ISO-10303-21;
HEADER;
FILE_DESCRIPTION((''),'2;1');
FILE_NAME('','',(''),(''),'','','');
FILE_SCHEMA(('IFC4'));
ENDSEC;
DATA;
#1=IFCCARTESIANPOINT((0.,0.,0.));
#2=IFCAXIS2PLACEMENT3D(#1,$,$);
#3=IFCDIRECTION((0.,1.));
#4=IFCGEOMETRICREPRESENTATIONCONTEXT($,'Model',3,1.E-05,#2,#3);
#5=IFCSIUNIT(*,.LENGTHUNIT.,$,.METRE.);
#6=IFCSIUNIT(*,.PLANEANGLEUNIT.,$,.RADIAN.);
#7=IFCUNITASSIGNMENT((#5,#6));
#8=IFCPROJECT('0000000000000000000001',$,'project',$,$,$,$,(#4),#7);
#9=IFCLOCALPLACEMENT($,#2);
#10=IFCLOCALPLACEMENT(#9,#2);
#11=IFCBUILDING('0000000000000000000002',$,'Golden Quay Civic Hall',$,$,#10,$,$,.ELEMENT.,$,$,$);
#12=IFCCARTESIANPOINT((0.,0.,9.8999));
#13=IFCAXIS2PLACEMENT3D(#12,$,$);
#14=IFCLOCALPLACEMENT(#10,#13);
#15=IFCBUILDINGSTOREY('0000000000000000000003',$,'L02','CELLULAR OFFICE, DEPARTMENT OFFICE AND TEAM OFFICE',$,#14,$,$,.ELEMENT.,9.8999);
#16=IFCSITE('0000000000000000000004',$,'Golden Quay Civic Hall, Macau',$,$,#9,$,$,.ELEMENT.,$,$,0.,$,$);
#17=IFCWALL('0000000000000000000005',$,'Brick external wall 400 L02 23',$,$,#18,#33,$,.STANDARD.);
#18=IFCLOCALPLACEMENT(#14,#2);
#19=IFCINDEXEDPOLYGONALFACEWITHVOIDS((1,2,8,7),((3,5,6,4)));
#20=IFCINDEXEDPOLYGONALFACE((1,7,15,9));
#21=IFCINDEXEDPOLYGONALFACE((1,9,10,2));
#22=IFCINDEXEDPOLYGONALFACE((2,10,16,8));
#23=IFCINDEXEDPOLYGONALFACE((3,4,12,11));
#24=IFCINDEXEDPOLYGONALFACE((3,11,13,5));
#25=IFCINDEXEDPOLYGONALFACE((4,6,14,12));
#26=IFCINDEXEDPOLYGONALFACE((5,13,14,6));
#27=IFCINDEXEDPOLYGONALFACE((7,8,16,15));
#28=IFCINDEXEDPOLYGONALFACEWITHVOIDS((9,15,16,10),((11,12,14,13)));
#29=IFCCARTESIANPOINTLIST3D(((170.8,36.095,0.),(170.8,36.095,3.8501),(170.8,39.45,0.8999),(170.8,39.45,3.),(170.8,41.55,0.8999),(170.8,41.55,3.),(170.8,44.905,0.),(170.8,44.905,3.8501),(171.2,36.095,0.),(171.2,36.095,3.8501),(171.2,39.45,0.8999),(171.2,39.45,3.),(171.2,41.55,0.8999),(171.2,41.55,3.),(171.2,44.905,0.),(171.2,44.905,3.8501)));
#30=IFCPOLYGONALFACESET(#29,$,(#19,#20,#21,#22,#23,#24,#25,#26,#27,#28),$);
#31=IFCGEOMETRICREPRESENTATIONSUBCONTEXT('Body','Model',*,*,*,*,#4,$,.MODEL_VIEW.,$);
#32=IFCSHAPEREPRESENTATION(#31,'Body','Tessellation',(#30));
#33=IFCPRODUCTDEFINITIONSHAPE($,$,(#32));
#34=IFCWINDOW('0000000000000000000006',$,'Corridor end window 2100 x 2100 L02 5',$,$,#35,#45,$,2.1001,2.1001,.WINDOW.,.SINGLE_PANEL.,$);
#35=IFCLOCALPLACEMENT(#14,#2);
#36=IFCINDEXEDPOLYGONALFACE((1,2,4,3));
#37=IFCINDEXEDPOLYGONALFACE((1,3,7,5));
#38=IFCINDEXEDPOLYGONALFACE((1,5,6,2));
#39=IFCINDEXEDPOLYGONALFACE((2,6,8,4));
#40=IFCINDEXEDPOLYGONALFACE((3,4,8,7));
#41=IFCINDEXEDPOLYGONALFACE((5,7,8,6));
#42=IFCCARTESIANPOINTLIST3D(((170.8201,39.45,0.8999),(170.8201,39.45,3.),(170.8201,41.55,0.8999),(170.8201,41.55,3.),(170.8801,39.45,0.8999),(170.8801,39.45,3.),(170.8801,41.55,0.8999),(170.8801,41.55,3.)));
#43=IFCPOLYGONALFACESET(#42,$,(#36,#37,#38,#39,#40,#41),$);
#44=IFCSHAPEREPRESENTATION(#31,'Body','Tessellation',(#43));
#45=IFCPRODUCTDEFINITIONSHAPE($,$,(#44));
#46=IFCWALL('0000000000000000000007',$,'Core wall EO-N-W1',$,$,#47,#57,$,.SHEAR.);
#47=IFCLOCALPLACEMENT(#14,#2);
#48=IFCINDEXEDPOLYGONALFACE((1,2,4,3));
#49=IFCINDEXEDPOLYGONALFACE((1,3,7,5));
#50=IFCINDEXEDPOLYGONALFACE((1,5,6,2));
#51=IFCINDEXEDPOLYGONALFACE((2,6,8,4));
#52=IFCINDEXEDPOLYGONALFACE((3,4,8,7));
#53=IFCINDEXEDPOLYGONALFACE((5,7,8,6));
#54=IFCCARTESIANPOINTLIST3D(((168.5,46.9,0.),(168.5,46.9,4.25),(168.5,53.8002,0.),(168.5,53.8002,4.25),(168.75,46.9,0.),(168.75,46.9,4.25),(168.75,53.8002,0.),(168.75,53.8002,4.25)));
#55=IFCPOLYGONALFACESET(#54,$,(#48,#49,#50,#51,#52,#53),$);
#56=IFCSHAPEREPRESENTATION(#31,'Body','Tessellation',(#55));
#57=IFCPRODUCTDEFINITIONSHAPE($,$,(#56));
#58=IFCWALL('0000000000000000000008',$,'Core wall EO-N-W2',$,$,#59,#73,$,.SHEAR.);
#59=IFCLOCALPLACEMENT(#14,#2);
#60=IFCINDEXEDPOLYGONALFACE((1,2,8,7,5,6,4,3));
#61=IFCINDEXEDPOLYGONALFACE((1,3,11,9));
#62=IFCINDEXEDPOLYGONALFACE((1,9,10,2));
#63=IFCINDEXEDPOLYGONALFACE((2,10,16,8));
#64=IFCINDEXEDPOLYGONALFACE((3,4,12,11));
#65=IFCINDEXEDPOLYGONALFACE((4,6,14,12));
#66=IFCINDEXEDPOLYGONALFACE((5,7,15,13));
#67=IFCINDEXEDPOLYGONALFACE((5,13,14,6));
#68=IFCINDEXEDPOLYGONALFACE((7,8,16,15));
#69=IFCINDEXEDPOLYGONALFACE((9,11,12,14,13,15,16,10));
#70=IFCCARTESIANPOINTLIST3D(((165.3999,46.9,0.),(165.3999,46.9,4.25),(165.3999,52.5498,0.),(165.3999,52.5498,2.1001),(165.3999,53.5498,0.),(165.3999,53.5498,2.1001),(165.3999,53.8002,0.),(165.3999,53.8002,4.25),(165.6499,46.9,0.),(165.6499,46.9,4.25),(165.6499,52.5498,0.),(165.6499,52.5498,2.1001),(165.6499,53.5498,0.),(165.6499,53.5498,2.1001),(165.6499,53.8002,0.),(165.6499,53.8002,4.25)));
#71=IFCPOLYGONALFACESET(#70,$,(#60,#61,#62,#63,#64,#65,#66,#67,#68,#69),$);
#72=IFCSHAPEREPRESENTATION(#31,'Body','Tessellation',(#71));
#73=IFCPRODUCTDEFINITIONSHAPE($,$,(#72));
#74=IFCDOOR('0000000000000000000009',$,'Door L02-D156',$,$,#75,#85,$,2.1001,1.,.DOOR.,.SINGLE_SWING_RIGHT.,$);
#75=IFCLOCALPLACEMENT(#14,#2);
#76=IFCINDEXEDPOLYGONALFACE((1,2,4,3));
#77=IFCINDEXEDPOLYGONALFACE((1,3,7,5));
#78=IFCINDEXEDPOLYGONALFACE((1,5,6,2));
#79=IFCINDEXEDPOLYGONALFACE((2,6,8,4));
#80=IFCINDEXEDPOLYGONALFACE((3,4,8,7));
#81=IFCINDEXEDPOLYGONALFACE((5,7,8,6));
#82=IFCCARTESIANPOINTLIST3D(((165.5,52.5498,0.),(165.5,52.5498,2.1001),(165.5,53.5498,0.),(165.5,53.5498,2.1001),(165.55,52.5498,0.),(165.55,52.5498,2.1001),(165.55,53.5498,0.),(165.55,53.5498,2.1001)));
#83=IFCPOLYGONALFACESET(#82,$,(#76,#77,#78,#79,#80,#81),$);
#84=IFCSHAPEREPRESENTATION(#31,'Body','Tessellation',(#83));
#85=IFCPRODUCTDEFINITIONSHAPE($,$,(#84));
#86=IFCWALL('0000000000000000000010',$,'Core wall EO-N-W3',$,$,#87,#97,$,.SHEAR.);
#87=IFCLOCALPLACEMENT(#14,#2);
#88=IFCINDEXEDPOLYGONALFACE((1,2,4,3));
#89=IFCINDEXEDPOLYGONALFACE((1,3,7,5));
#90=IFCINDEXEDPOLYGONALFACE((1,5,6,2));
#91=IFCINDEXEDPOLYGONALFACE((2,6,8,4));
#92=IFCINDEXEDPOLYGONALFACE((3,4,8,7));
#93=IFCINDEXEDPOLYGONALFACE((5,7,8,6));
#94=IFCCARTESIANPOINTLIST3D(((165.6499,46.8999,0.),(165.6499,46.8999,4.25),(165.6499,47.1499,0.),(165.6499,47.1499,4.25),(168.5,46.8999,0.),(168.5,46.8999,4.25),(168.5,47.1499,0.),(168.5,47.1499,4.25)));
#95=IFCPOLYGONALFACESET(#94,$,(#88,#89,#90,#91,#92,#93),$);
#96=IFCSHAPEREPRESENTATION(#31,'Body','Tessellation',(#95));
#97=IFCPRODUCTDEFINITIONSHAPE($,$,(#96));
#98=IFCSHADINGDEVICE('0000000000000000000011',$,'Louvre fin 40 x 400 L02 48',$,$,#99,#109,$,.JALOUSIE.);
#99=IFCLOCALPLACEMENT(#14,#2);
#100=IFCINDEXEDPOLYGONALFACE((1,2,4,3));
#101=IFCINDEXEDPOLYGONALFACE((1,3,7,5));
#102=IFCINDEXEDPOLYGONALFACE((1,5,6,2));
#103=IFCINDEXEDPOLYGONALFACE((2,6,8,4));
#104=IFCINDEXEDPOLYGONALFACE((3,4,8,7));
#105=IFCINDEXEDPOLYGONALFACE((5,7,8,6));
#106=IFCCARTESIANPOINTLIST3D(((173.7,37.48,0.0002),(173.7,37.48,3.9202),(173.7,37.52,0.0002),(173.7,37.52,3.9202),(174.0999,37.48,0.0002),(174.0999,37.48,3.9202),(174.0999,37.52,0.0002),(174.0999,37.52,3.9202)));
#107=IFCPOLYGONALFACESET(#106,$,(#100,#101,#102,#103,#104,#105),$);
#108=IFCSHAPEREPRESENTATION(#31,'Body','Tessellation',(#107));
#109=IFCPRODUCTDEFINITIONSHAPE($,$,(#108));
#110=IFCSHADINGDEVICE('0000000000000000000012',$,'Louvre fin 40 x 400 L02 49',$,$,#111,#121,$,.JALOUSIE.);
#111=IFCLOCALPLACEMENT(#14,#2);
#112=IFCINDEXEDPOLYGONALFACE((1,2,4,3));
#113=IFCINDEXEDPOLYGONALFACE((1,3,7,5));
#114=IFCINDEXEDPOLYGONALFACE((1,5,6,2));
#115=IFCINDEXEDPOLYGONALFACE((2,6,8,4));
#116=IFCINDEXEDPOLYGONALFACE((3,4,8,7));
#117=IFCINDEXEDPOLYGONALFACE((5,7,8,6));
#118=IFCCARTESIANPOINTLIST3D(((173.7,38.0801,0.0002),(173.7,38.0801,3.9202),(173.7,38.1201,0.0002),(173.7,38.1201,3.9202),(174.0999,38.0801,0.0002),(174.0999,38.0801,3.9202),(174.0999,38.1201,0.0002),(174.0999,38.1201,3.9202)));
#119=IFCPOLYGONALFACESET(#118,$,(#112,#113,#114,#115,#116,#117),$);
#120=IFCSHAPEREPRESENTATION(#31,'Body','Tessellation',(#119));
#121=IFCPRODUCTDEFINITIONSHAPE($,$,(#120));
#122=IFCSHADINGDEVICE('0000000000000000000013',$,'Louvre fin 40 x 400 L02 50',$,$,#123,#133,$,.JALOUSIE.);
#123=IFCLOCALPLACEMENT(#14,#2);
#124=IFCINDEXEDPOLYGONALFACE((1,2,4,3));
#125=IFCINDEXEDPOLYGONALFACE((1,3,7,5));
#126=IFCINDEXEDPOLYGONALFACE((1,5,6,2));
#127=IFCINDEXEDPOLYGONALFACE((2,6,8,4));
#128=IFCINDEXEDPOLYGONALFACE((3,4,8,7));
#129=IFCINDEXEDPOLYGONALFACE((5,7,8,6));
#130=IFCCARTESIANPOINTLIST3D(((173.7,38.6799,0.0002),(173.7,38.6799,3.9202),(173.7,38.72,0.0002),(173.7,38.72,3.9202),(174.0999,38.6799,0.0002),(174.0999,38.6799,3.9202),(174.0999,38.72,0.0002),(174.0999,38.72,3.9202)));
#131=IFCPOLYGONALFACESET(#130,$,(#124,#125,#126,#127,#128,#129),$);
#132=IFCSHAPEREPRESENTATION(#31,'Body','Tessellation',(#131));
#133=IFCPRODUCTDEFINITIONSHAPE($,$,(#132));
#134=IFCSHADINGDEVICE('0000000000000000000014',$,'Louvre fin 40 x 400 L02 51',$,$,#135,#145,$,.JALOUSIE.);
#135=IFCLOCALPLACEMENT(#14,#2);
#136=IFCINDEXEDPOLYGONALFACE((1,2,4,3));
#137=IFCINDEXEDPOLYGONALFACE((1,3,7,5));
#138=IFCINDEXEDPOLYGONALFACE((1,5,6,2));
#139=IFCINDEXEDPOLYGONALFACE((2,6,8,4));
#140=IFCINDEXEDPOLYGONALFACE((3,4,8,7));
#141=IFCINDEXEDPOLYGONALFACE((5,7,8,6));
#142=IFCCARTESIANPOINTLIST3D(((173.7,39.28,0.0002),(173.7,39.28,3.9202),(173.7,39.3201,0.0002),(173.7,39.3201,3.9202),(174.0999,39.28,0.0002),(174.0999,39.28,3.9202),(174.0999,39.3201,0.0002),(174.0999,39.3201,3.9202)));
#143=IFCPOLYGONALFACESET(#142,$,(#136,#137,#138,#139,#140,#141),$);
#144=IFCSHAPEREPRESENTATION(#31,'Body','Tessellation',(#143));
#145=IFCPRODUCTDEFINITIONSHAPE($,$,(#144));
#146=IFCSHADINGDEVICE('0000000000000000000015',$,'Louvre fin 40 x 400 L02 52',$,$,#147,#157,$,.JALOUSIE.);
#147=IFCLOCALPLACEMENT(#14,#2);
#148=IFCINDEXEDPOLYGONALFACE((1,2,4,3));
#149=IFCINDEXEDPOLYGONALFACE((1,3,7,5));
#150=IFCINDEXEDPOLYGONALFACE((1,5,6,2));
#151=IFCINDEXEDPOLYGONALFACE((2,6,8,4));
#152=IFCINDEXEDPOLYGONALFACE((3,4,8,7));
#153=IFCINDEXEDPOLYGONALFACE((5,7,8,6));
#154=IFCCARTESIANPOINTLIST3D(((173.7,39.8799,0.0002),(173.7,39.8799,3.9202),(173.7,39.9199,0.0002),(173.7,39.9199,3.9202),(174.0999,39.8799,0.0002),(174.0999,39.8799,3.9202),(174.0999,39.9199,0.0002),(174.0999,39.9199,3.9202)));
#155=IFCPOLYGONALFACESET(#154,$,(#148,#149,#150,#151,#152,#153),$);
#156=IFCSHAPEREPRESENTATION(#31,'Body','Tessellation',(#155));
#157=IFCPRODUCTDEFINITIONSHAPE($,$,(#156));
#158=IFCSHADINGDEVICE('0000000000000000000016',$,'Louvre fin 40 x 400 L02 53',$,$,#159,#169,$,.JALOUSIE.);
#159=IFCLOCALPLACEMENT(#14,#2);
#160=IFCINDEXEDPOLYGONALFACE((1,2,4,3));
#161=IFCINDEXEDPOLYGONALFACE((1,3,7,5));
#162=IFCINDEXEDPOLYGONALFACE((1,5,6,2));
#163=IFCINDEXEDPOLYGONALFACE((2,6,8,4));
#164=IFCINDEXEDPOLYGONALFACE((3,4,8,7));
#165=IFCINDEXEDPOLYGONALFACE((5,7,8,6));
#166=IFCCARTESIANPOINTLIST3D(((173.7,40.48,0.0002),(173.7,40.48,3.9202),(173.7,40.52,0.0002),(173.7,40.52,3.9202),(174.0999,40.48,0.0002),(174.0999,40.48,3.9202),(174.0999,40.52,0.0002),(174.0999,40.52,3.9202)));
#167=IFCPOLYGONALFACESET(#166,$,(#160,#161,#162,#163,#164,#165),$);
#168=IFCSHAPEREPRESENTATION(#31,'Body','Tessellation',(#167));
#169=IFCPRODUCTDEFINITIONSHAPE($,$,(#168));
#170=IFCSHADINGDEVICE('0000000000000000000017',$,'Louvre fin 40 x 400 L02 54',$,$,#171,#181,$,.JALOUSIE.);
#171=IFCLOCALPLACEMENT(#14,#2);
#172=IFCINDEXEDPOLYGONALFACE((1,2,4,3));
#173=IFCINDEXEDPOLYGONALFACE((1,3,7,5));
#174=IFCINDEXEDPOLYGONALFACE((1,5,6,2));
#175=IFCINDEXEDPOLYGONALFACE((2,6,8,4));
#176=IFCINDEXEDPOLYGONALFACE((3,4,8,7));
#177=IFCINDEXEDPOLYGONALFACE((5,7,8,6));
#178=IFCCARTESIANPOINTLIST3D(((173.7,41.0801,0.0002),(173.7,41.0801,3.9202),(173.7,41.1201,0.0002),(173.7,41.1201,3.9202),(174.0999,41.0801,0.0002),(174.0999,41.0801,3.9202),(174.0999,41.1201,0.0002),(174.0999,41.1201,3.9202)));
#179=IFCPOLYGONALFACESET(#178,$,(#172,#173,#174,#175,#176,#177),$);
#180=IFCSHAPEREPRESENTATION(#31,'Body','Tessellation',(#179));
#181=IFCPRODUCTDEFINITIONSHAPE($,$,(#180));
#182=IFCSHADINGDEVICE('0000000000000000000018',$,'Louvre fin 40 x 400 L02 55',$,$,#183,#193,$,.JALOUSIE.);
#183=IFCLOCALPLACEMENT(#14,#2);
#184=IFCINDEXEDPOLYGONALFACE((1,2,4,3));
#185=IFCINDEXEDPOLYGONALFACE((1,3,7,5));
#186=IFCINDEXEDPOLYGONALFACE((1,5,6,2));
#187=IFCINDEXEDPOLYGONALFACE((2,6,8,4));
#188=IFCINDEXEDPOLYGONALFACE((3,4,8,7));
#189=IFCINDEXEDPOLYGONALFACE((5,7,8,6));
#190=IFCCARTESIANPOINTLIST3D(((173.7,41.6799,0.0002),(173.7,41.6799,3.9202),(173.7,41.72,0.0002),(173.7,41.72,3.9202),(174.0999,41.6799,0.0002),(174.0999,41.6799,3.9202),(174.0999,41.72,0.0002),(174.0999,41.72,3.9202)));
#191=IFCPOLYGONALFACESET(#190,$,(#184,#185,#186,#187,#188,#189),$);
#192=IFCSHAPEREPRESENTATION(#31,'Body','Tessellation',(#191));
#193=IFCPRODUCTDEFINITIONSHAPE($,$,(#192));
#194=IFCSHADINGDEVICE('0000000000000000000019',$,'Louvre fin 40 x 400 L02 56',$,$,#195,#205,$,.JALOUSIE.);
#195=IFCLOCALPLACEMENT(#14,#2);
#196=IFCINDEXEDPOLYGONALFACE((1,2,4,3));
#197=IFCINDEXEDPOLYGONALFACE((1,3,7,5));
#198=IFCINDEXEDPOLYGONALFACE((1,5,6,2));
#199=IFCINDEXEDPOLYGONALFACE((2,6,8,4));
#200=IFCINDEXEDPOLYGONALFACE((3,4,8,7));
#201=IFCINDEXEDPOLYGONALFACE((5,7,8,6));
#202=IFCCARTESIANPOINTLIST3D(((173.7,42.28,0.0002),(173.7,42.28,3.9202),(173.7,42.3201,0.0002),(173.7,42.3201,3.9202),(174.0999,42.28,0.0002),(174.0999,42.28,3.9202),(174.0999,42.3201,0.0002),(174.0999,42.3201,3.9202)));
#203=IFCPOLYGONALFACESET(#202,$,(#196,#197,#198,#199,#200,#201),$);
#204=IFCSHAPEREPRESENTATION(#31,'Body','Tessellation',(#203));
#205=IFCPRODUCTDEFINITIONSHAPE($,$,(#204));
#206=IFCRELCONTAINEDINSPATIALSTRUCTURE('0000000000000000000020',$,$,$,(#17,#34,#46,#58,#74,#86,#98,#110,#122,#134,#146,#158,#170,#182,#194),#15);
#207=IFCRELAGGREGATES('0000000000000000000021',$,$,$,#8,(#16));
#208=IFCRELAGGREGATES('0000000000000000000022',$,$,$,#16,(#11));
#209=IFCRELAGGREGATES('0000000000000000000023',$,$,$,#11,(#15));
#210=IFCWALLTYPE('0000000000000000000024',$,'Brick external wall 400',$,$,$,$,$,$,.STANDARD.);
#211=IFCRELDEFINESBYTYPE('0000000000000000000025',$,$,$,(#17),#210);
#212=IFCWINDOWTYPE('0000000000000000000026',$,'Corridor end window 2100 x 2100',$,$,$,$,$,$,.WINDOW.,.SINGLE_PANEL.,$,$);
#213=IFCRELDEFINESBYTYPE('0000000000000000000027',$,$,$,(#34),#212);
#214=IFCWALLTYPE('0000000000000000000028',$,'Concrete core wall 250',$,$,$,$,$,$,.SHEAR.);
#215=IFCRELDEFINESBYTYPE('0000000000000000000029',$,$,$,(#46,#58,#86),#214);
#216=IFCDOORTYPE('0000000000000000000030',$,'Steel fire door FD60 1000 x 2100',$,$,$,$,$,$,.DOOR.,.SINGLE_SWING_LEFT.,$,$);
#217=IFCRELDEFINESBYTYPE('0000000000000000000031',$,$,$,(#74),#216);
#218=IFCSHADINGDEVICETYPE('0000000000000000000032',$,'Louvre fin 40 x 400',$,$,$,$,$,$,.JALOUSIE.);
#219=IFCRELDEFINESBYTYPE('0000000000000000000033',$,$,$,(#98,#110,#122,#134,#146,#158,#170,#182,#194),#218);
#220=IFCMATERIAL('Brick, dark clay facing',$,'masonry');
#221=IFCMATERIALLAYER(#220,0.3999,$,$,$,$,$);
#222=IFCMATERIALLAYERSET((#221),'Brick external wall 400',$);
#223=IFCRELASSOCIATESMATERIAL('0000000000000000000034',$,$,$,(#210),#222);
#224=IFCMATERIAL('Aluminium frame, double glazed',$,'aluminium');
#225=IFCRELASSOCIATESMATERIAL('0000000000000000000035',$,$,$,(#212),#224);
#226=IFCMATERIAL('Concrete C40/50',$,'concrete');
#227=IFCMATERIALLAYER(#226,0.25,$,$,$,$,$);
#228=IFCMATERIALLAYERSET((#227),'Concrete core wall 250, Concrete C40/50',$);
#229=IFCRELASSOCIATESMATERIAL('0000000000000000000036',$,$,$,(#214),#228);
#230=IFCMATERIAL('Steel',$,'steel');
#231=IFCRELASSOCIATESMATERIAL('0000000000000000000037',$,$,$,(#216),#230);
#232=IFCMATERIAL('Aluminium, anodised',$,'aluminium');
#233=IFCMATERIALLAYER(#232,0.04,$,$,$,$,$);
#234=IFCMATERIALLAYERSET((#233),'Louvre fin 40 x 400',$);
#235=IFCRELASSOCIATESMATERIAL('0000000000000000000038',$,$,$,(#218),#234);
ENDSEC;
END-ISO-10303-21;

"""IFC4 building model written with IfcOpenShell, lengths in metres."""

from ifc_helpers import new_model, si_unit, direction, frame, frame_2d, origin, origin_2d, place, context, subcontext, project, spatial, rectangle, extrude, material, layer, layer_set, type_object, element, fill, save


model = new_model("IFC4")

# Units and contexts
model_context = context("Model", 3, precision=1e-05, world=origin(), true_north=direction((0.0, 1.0)))
body_context = subcontext(model_context, "Body", "Model", "MODEL_VIEW")
ifc_project = project(units=[si_unit("LENGTHUNIT", "METRE"), si_unit("PLANEANGLEUNIT", "RADIAN")], contexts=[model_context])

# Site, building, storey
site_placement = place(None, origin())
site = spatial("IfcSite", under=ifc_project, at=site_placement, Name="Golden Quay Civic Hall, Macau", CompositionType="ELEMENT", RefElevation=0.0)
building_placement = place(site_placement, origin())
building = spatial("IfcBuilding", under=site, at=building_placement, Name="Golden Quay Civic Hall", CompositionType="ELEMENT")
storey_placement = place(building_placement, frame((0.0, 0.0, 9.8999)))
storey = spatial("IfcBuildingStorey", under=building, at=storey_placement, Name="L02", Description="CELLULAR OFFICE, DEPARTMENT OFFICE AND TEAM OFFICE", CompositionType="ELEMENT", Elevation=9.8999)

# Wall, opening, window
ifc_material_1 = material(Name="Brick, dark clay facing", Category="masonry")
ifc_layer_1 = layer(ifc_material_1, 0.3999)
ifc_layer_set_1 = layer_set([ifc_layer_1], Name="Brick external wall 400")
wall_type_1 = type_object("IfcWallType", Name="Brick external wall 400", PredefinedType="STANDARD", material=ifc_layer_set_1)
wall_1_placement = place(storey_placement, frame((171.0, 44.905, 0.0), z_axis=(0.0, 0.0, 1.0), x_axis=(0.0, -1.0, 0.0)))
wall_1 = element("IfcWall", 1, at=wall_1_placement, inside=storey, type_object=wall_type_1, Name="Brick external wall 400 L02 23", PredefinedType="STANDARD", context=body_context, shape_type="SweptSolid", body=[
    extrude(rectangle(XDim=8.8101, YDim=0.3999, at=frame_2d((4.405, 0.0))), origin(), (0.0, 0.0, 1.0), 3.8501),
])
opening_1_placement = place(wall_1_placement, frame((3.355, 0.0, 0.8999)))
opening_1 = element("IfcOpeningElement", 2, at=opening_1_placement, cuts=wall_1, PredefinedType="OPENING", context=body_context, shape_type="SweptSolid", body=[
    extrude(rectangle(XDim=2.1001, YDim=2.1001, at=frame_2d((1.05, 1.05))), frame((0.0, 0.21, 0.0), z_axis=(0.0, -1.0, 0.0), x_axis=(1.0, 0.0, 0.0)), (0.0, 0.0, 1.0), 0.4199),
])
ifc_material_2 = material(Name="Aluminium frame, double glazed", Category="aluminium")
window_type = type_object("IfcWindowType", Name="Corridor end window 2100 x 2100", PartitioningType="SINGLE_PANEL", PredefinedType="WINDOW", material=ifc_material_2)
window_placement = place(opening_1_placement, origin())
window = element("IfcWindow", 3, at=window_placement, inside=storey, type_object=window_type, Name="Corridor end window 2100 x 2100 L02 5", OverallHeight=2.1001, OverallWidth=2.1001, PartitioningType="SINGLE_PANEL", PredefinedType="WINDOW", context=body_context, shape_type="SweptSolid", body=[
    extrude(rectangle(XDim=2.1001, YDim=2.1001, at=frame_2d((1.05, 1.05))), frame((0.0, -0.1199, 0.0), z_axis=(0.0, -1.0, 0.0), x_axis=(1.0, 0.0, 0.0)), (0.0, 0.0, 1.0), 0.0601),
])
fill(opening_1, window)

# Wall
ifc_material_3 = material(Name="Concrete C40/50", Category="concrete")
ifc_layer_2 = layer(ifc_material_3, 0.25)
ifc_layer_set_2 = layer_set([ifc_layer_2], Name="Concrete core wall 250, Concrete C40/50")
wall_type_2 = type_object("IfcWallType", Name="Concrete core wall 250", PredefinedType="SHEAR", material=ifc_layer_set_2)
wall_2_placement = place(storey_placement, frame((168.625, 46.8999, 0.0), z_axis=(0.0, 0.0, 1.0), x_axis=(0.0, 1.0, 0.0)))
element("IfcWall", 4, at=wall_2_placement, inside=storey, type_object=wall_type_2, Name="Core wall EO-N-W1", PredefinedType="SHEAR", context=body_context, shape_type="SweptSolid", body=[
    extrude(rectangle(XDim=6.9001, YDim=0.25, at=frame_2d((3.4502, 0.0))), origin(), (0.0, 0.0, 1.0), 4.25),
])

# Wall, opening, door
wall_3_placement = place(storey_placement, frame((165.5249, 46.8999, 0.0), z_axis=(0.0, 0.0, 1.0), x_axis=(0.0, 1.0, 0.0)))
wall_3 = element("IfcWall", 5, at=wall_3_placement, inside=storey, type_object=wall_type_2, Name="Core wall EO-N-W2", PredefinedType="SHEAR", context=body_context, shape_type="SweptSolid", body=[
    extrude(rectangle(XDim=6.9001, YDim=0.25, at=frame_2d((3.4502, 0.0))), origin(), (0.0, 0.0, 1.0), 4.25),
])
opening_2_placement = place(wall_3_placement, frame((5.6499, 0.0, 0.0)))
opening_2 = element("IfcOpeningElement", 6, at=opening_2_placement, cuts=wall_3, PredefinedType="OPENING", context=body_context, shape_type="SweptSolid", body=[
    extrude(rectangle(XDim=1.0, YDim=2.1001, at=frame_2d((0.5, 1.05))), frame((0.0, 0.135, 0.0), z_axis=(0.0, -1.0, 0.0), x_axis=(1.0, 0.0, 0.0)), (0.0, 0.0, 1.0), 0.27),
])
ifc_material_4 = material(Name="Steel", Category="steel")
door_type = type_object("IfcDoorType", Name="Steel fire door FD60 1000 x 2100", OperationType="SINGLE_SWING_LEFT", PredefinedType="DOOR", material=ifc_material_4)
door_placement = place(opening_2_placement, frame((1.0, 0.0, 0.0), z_axis=(0.0, 0.0, 1.0), x_axis=(-1.0, 0.0, 0.0)))
door = element("IfcDoor", 7, at=door_placement, inside=storey, type_object=door_type, Name="Door L02-D156", OperationType="SINGLE_SWING_RIGHT", OverallHeight=2.1001, OverallWidth=1.0, PredefinedType="DOOR", context=body_context, shape_type="SweptSolid", body=[
    extrude(rectangle(XDim=1.0, YDim=2.1001, at=frame_2d((0.5, 1.05))), frame((0.0, 0.0251, 0.0), z_axis=(0.0, -1.0, 0.0), x_axis=(1.0, 0.0, 0.0)), (0.0, 0.0, 1.0), 0.05),
])
fill(opening_2, door)

# Wall
wall_4_placement = place(storey_placement, frame((165.6499, 47.0249, 0.0), z_axis=(0.0, 0.0, 1.0), x_axis=(1.0, 0.0, 0.0)))
element("IfcWall", 8, at=wall_4_placement, inside=storey, type_object=wall_type_2, Name="Core wall EO-N-W3", PredefinedType="SHEAR", context=body_context, shape_type="SweptSolid", body=[
    extrude(rectangle(XDim=2.8501, YDim=0.25, at=frame_2d((1.425, 0.0))), origin(), (0.0, 0.0, 1.0), 4.25),
])

# Shading devices
ifc_material_5 = material(Name="Aluminium, anodised", Category="aluminium")
ifc_layer_3 = layer(ifc_material_5, 0.04)
ifc_layer_set_3 = layer_set([ifc_layer_3], Name="Louvre fin 40 x 400")
shading_device_type = type_object("IfcShadingDeviceType", Name="Louvre fin 40 x 400", PredefinedType="JALOUSIE", material=ifc_layer_set_3)
for number, where, z_axis, x_axis, name in (
    (9, (173.8999, 37.5, 0.0002), (0.0, 0.0, 1.0), (0.0, 1.0, 0.0), "Louvre fin 40 x 400 L02 48"),
    (10, (173.8999, 38.1001, 0.0002), (0.0, 0.0, 1.0), (0.0, 1.0, 0.0), "Louvre fin 40 x 400 L02 49"),
    (11, (173.8999, 38.7, 0.0002), (0.0, 0.0, 1.0), (0.0, 1.0, 0.0), "Louvre fin 40 x 400 L02 50"),
    (12, (173.8999, 39.3, 0.0002), (0.0, 0.0, 1.0), (0.0, 1.0, 0.0), "Louvre fin 40 x 400 L02 51"),
    (13, (173.8999, 39.8999, 0.0002), (0.0, 0.0, 1.0), (0.0, 1.0, 0.0), "Louvre fin 40 x 400 L02 52"),
    (14, (173.8999, 40.5, 0.0002), (0.0, 0.0, 1.0), (0.0, 1.0, 0.0), "Louvre fin 40 x 400 L02 53"),
    (15, (173.8999, 41.1001, 0.0002), (0.0, 0.0, 1.0), (0.0, 1.0, 0.0), "Louvre fin 40 x 400 L02 54"),
    (16, (173.8999, 41.7, 0.0002), (0.0, 0.0, 1.0), (0.0, 1.0, 0.0), "Louvre fin 40 x 400 L02 55"),
    (17, (173.8999, 42.3, 0.0002), (0.0, 0.0, 1.0), (0.0, 1.0, 0.0), "Louvre fin 40 x 400 L02 56"),
):
    element("IfcShadingDevice", number, at=place(storey_placement, frame(where, z_axis=z_axis, x_axis=x_axis)), inside=storey, type_object=shading_device_type, Name=name, PredefinedType="JALOUSIE", context=body_context, shape_type="SweptSolid", body=[
        extrude(rectangle(XDim=0.04, YDim=0.3999, at=origin_2d()), origin(), (0.0, 0.0, 1.0), 3.9199),
    ])

save(model, "model.ifc")
